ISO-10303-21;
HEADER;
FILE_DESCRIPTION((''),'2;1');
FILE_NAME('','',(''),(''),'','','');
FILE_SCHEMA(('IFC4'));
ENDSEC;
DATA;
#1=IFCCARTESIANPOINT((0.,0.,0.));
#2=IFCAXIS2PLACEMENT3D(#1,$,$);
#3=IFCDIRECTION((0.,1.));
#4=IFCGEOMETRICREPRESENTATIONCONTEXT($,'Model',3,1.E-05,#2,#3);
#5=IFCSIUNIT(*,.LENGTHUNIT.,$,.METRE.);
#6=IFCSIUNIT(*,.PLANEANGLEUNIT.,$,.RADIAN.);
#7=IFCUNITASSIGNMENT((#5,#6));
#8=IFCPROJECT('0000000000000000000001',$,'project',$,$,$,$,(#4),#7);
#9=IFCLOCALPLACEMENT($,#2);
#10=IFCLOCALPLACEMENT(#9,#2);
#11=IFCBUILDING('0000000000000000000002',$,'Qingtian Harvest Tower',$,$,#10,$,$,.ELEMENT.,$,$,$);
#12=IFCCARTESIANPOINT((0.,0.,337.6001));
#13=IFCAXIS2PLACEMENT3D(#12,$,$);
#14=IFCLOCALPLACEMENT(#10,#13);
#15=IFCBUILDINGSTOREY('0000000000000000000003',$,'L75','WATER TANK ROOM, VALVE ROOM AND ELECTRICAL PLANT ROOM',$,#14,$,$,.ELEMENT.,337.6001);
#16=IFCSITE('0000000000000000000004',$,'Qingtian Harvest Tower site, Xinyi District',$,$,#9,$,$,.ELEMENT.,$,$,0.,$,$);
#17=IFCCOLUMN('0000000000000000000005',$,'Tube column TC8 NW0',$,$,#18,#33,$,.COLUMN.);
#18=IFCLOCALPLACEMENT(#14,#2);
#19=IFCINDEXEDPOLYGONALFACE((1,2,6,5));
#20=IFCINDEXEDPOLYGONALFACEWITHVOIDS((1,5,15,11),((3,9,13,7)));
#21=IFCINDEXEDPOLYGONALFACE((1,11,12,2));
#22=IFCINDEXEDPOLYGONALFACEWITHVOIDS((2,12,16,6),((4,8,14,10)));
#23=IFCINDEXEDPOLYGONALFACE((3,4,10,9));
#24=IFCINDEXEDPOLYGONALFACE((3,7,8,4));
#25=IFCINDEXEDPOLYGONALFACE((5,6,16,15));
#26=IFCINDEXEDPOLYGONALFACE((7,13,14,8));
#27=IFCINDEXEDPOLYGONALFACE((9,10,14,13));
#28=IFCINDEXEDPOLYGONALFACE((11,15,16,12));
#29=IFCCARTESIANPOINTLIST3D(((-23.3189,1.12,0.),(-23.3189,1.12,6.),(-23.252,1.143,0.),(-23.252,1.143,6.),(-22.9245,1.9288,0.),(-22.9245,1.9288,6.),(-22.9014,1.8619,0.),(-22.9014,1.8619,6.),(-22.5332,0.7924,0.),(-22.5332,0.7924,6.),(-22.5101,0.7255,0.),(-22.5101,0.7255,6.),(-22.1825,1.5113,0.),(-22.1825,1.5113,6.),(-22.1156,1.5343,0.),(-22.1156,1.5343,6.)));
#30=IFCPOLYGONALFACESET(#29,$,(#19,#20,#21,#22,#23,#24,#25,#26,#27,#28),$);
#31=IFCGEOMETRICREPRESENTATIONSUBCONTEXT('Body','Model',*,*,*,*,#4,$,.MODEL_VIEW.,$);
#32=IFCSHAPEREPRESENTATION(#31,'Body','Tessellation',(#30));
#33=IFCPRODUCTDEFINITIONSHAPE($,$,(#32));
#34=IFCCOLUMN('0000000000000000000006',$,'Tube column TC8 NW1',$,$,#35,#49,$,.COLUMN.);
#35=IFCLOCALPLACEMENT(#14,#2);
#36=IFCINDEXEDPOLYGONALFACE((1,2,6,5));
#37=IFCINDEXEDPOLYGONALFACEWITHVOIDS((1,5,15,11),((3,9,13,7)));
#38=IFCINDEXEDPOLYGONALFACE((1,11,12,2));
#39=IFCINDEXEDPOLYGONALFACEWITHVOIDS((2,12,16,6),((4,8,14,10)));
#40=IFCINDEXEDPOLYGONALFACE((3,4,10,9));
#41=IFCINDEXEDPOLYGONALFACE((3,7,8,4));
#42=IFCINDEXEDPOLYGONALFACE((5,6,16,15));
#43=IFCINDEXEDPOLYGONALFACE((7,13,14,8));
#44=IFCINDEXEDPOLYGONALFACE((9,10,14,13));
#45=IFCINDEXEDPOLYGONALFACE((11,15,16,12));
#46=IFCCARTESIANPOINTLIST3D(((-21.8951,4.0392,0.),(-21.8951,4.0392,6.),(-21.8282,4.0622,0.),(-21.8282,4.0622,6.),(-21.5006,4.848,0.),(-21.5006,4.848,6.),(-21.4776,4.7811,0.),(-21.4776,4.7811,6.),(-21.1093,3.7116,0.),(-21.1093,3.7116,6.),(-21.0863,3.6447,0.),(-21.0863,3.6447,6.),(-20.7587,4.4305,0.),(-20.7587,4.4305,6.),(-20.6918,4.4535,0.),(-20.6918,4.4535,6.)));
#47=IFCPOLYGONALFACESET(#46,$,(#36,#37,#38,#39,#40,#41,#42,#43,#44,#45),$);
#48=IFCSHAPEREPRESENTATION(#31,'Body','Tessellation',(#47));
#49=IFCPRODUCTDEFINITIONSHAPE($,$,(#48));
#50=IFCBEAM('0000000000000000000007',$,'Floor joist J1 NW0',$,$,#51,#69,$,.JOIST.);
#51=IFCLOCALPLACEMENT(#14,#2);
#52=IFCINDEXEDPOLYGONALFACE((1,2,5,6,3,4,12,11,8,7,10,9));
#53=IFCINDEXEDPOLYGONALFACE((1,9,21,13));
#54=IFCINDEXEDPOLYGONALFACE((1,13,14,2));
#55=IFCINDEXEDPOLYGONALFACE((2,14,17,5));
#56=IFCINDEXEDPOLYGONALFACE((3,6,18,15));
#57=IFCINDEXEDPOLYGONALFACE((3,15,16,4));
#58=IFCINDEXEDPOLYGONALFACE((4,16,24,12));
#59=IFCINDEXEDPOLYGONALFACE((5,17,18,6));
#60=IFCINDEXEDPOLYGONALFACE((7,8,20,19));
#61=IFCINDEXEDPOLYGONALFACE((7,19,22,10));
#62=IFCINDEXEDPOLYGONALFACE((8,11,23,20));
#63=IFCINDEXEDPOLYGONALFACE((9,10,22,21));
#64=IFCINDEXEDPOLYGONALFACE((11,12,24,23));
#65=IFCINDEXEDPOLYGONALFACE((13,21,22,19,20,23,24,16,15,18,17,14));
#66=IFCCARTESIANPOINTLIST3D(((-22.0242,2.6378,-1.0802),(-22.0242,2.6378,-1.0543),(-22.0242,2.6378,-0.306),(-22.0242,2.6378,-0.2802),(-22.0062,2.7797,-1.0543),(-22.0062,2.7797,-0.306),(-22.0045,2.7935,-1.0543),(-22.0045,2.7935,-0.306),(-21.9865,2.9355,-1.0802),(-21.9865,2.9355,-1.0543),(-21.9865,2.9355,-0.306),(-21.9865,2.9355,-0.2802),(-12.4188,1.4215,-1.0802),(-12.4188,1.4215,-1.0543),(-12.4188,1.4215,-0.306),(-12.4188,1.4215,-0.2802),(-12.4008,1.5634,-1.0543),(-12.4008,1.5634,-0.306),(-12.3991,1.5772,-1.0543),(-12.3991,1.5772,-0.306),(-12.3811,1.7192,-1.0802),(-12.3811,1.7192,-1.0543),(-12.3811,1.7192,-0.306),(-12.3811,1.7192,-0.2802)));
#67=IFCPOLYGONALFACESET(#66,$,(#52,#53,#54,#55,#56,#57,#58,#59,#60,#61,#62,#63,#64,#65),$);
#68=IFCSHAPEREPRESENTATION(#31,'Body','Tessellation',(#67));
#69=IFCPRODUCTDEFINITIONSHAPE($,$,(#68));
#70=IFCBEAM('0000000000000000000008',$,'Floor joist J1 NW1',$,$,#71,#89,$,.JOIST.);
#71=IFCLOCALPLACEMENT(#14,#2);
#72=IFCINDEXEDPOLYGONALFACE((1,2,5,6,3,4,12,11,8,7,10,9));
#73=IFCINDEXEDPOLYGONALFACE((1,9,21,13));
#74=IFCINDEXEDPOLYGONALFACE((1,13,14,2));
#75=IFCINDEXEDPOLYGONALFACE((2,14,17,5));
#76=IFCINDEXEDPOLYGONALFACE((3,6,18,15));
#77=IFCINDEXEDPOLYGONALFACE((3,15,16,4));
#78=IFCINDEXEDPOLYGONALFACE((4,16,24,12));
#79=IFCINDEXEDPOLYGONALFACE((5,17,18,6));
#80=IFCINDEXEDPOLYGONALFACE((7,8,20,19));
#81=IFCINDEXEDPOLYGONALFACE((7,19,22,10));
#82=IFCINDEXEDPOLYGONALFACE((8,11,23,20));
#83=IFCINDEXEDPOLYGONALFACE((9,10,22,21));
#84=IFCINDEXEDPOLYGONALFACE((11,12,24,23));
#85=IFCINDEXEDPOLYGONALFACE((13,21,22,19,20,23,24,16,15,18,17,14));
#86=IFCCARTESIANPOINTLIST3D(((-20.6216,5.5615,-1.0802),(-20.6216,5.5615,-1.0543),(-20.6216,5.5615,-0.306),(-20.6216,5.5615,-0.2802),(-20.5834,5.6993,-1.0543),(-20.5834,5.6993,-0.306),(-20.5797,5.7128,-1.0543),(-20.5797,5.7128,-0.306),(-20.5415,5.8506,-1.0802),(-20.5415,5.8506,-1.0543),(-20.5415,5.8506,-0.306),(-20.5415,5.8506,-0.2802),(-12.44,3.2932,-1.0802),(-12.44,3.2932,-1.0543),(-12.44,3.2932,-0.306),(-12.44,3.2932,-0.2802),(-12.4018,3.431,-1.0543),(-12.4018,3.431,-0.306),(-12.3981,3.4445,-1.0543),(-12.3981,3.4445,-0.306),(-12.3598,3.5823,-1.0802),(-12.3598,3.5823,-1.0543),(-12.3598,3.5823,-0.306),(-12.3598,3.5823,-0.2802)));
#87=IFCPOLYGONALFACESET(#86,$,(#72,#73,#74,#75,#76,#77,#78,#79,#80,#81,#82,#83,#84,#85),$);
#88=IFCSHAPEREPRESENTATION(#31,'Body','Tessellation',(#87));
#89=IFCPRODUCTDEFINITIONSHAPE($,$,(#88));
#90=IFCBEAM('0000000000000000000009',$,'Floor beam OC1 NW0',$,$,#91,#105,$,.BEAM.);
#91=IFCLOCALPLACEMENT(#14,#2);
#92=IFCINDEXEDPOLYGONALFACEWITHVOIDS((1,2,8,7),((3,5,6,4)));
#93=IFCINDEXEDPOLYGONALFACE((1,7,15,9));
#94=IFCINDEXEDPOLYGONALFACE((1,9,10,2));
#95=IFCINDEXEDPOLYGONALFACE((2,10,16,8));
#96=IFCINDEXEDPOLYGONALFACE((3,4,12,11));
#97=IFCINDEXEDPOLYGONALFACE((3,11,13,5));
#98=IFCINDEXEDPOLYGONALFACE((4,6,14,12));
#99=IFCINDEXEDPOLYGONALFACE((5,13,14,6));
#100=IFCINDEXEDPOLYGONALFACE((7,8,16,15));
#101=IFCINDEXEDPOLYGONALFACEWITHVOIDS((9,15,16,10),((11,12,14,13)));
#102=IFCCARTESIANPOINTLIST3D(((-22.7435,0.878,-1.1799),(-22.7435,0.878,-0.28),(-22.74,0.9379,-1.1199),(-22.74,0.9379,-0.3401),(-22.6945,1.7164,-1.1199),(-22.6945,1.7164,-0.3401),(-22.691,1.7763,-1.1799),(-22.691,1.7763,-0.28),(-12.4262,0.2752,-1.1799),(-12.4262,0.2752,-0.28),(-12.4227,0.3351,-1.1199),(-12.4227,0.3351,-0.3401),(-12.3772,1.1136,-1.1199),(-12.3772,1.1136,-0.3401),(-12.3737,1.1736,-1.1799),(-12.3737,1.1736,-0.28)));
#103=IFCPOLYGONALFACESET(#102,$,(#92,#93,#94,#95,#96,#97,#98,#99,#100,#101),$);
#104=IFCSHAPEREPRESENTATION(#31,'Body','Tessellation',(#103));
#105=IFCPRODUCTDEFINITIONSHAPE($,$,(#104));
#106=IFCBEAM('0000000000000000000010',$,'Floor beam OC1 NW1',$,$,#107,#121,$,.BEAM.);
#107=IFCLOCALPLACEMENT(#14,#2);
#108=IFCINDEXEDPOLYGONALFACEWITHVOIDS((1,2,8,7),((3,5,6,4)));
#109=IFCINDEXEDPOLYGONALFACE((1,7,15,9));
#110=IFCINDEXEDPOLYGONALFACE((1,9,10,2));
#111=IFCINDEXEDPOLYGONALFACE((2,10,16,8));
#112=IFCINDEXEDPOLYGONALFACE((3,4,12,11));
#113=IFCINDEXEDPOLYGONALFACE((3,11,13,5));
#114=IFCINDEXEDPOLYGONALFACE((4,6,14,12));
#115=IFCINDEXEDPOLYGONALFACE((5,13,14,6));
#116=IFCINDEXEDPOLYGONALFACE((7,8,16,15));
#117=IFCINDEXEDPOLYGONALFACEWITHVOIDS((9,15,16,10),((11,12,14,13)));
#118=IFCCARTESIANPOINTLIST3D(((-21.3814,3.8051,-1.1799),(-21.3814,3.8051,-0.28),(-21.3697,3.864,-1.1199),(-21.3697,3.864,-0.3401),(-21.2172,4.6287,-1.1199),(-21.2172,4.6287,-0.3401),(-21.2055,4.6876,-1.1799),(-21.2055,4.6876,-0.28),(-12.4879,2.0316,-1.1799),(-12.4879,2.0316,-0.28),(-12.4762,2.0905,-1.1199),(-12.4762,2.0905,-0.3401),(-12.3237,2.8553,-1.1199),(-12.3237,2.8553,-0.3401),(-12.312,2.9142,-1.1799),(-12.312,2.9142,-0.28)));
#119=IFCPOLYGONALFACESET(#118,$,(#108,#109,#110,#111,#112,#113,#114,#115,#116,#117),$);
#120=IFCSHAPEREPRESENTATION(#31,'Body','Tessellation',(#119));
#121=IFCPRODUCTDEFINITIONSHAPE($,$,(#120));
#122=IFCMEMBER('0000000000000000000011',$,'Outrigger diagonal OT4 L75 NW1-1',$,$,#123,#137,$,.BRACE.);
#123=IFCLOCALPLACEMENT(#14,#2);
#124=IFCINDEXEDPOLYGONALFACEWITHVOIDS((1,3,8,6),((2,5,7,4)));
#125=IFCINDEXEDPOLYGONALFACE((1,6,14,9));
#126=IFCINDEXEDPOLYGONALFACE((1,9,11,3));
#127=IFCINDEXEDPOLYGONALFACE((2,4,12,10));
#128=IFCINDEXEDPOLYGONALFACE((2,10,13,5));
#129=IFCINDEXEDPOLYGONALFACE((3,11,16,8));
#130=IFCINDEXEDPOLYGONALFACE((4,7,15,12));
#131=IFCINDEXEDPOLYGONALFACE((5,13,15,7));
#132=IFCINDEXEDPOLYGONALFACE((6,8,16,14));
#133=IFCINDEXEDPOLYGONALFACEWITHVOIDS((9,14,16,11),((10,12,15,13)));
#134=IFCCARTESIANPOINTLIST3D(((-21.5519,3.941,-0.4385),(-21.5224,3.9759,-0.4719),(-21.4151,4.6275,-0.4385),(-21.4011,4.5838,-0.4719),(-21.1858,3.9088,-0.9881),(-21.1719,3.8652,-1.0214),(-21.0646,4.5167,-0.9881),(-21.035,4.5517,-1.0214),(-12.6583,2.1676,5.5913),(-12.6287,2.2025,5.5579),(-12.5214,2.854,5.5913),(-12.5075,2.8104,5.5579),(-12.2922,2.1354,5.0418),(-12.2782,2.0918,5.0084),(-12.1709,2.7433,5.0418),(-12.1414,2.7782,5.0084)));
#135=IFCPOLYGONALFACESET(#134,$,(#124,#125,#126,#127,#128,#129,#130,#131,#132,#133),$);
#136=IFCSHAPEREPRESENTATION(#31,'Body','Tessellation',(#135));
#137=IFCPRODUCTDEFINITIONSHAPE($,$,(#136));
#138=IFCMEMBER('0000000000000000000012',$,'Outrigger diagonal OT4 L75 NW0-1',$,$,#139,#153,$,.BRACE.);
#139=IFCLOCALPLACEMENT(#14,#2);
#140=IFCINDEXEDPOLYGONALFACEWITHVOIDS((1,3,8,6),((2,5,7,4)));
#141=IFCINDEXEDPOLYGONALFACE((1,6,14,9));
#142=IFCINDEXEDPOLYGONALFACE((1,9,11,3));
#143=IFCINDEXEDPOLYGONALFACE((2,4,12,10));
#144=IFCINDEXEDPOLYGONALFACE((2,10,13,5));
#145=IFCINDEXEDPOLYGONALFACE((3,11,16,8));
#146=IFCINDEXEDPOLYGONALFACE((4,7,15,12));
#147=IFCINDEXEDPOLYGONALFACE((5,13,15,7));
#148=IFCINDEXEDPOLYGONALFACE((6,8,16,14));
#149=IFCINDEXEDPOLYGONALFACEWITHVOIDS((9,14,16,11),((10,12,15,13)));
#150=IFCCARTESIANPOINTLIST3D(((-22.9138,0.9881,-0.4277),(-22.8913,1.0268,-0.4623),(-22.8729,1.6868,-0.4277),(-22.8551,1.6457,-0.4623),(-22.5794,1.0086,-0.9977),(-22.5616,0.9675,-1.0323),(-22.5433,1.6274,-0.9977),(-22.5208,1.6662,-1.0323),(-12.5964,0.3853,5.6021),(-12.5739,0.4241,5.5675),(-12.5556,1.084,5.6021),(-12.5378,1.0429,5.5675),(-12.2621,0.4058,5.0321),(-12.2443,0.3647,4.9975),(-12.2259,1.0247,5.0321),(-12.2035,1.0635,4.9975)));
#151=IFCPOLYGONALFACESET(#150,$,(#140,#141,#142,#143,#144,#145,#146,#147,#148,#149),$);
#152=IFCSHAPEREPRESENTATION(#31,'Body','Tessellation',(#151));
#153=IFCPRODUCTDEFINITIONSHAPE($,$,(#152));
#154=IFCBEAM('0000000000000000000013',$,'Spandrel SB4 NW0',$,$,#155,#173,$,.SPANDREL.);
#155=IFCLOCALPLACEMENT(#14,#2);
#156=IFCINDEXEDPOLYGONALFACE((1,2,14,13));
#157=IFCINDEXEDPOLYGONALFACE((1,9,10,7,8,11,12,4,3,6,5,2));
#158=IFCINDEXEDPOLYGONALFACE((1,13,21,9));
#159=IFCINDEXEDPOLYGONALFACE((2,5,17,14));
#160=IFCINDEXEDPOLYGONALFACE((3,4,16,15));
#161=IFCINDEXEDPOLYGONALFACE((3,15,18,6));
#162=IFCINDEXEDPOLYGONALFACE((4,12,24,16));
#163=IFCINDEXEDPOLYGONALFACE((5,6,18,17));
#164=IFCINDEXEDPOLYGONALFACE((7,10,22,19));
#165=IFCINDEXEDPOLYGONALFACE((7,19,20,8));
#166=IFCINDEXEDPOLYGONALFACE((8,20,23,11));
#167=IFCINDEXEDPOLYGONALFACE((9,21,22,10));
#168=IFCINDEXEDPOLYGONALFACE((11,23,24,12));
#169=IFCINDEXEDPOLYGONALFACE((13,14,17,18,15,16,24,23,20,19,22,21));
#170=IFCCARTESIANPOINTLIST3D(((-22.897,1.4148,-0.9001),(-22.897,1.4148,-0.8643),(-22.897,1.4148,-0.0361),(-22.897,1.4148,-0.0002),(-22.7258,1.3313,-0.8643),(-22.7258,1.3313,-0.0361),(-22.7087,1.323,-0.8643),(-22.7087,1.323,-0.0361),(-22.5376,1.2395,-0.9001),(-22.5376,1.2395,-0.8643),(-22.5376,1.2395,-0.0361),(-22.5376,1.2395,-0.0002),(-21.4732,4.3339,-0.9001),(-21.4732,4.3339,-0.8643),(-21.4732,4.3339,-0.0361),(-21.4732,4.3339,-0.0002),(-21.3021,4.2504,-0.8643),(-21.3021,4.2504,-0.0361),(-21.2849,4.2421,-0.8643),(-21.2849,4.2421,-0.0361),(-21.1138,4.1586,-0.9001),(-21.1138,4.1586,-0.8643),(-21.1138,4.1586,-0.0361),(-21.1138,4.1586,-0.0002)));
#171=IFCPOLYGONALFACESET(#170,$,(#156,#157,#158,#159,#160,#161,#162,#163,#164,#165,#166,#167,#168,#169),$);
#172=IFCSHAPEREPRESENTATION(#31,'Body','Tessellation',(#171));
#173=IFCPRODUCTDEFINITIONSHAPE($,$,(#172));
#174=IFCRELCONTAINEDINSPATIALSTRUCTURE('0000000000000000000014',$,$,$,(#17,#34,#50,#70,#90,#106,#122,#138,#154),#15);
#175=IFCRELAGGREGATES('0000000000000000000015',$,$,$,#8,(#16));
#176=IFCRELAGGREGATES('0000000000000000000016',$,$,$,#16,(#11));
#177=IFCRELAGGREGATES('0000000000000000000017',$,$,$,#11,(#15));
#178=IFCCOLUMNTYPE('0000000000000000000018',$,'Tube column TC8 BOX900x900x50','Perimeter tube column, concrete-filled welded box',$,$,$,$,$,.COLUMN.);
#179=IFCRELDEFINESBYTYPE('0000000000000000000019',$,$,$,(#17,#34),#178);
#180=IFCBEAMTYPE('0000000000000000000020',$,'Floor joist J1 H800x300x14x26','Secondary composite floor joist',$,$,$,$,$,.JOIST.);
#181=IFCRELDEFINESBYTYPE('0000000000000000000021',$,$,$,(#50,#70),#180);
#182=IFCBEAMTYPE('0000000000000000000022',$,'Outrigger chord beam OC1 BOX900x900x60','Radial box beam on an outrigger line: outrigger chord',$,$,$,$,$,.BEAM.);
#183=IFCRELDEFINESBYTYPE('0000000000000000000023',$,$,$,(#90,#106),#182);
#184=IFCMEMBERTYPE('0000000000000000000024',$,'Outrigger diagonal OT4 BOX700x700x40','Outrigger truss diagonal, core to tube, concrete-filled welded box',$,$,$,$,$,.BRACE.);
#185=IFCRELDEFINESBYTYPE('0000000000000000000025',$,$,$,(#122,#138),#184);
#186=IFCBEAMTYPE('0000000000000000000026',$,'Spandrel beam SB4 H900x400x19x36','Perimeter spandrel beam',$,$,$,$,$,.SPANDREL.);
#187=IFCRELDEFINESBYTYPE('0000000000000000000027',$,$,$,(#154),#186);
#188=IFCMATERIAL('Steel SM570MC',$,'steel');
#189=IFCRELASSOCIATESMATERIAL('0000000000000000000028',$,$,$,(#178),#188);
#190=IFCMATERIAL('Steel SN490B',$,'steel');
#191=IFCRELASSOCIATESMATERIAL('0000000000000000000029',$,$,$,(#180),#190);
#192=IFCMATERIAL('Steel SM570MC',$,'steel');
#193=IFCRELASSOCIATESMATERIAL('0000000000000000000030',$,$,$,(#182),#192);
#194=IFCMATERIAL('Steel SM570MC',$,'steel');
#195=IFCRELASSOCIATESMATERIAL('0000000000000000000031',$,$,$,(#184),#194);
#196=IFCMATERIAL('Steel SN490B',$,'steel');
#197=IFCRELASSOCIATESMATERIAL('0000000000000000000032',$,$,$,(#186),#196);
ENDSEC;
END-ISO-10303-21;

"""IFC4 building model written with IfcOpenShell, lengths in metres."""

from ifc_helpers import new_model, si_unit, direction, frame, origin, origin_2d, place, context, subcontext, project, spatial, hollow_rectangle, i_section, extrude, material, material_profile, profile_set, type_object, element, save


model = new_model("IFC4")

# Units and contexts
model_context = context("Model", 3, precision=1e-05, world=origin(), true_north=direction((0.0, 1.0)))
body_context = subcontext(model_context, "Body", "Model", "MODEL_VIEW")
ifc_project = project(units=[si_unit("LENGTHUNIT", "METRE"), si_unit("PLANEANGLEUNIT", "RADIAN")], contexts=[model_context])

# Site, building, storey
site_placement = place(None, origin())
site = spatial("IfcSite", under=ifc_project, at=site_placement, Name="Qingtian Harvest Tower site, Xinyi District", CompositionType="ELEMENT", RefElevation=0.0)
building_placement = place(site_placement, origin())
building = spatial("IfcBuilding", under=site, at=building_placement, Name="Qingtian Harvest Tower", CompositionType="ELEMENT")
storey_placement = place(building_placement, frame((0.0, 0.0, 337.6001)))
storey = spatial("IfcBuildingStorey", under=building, at=storey_placement, Name="L75", Description="WATER TANK ROOM, VALVE ROOM AND ELECTRICAL PLANT ROOM", CompositionType="ELEMENT", Elevation=337.6001)

# Columns
ifc_material_1 = material(Name="Steel SM570MC", Category="steel")
ifc_material_profile_1 = material_profile(ifc_material_1, hollow_rectangle(XDim=0.8999, YDim=0.8999, WallThickness=0.05, at=origin_2d()), Name="BOX900x900x50")
ifc_profile_set_1 = profile_set([ifc_material_profile_1], Name="Steel SM570MC")
column_type = type_object("IfcColumnType", Name="Tube column TC8 BOX900x900x50", Description="Perimeter tube column, concrete-filled welded box", PredefinedType="COLUMN", material=ifc_profile_set_1)
for number, where, z_axis, x_axis, name in (
    (1, (-22.7173, 1.3271, 0.0), (0.0, 0.0, 1.0), (-0.438371, -0.898794, 0.0), "Tube column TC8 NW0"),
    (2, (-21.2935, 4.2463, 0.0), (0.0, 0.0, 1.0), (-0.438371, -0.898794, 0.0), "Tube column TC8 NW1"),
):
    element("IfcColumn", number, at=place(storey_placement, frame(where, z_axis=z_axis, x_axis=x_axis)), inside=storey, type_object=column_type, Name=name, PredefinedType="COLUMN", context=body_context, shape_type="SweptSolid", body=[
        extrude(hollow_rectangle(XDim=0.8999, YDim=0.8999, WallThickness=0.05, at=origin_2d()), origin(), (0.0, 0.0, 1.0), 6.0),
    ])

# Beams
ifc_material_2 = material(Name="Steel SN490B", Category="steel")
ifc_material_profile_2 = material_profile(ifc_material_2, i_section(OverallWidth=0.3, OverallDepth=0.8, WebThickness=0.0139, FlangeThickness=0.0259, at=origin_2d()), Name="H800x300x14x26")
ifc_profile_set_2 = profile_set([ifc_material_profile_2], Name="Steel SN490B")
beam_type_1 = type_object("IfcBeamType", Name="Floor joist J1 H800x300x14x26", Description="Secondary composite floor joist", PredefinedType="JOIST", material=ifc_profile_set_2)
beam_1_placement = place(storey_placement, frame((-22.0054, 2.7866, -0.6802), z_axis=(0.992078, -0.125624, 0.0), x_axis=(0.125624, 0.992078, 0.0)))
element("IfcBeam", 3, at=beam_1_placement, inside=storey, type_object=beam_type_1, Name="Floor joist J1 NW0", PredefinedType="JOIST", context=body_context, shape_type="SweptSolid", body=[
    extrude(i_section(OverallWidth=0.3, OverallDepth=0.8, WebThickness=0.0139, FlangeThickness=0.0259, at=origin_2d()), origin(), (0.0, 0.0, 1.0), 9.6821),
])
beam_2_placement = place(storey_placement, frame((-20.5815, 5.7061, -0.6802), z_axis=(0.96365, -0.267166, 0.0), x_axis=(0.267166, 0.96365, 0.0)))
element("IfcBeam", 4, at=beam_2_placement, inside=storey, type_object=beam_type_1, Name="Floor joist J1 NW1", PredefinedType="JOIST", context=body_context, shape_type="SweptSolid", body=[
    extrude(i_section(OverallWidth=0.3, OverallDepth=0.8, WebThickness=0.0139, FlangeThickness=0.0259, at=origin_2d()), origin(), (0.0, 0.0, 1.0), 8.4902),
])
ifc_material_3 = material(Name="Steel SM570MC", Category="steel")
ifc_material_profile_3 = material_profile(ifc_material_3, hollow_rectangle(XDim=0.8999, YDim=0.8999, WallThickness=0.0601, at=origin_2d()), Name="BOX900x900x60")
ifc_profile_set_3 = profile_set([ifc_material_profile_3], Name="Steel SM570MC")
beam_type_2 = type_object("IfcBeamType", Name="Outrigger chord beam OC1 BOX900x900x60", Description="Radial box beam on an outrigger line: outrigger chord", PredefinedType="BEAM", material=ifc_profile_set_3)
beam_3_placement = place(storey_placement, frame((-22.7173, 1.3271, -0.73), z_axis=(0.998298, -0.058325, 0.0), x_axis=(0.058325, 0.998298, 0.0)))
element("IfcBeam", 5, at=beam_3_placement, inside=storey, type_object=beam_type_2, Name="Floor beam OC1 NW0", PredefinedType="BEAM", context=body_context, shape_type="SweptSolid", body=[
    extrude(hollow_rectangle(XDim=0.8999, YDim=0.8999, WallThickness=0.0601, at=origin_2d()), origin(), (0.0, 0.0, 1.0), 10.335),
])
beam_4_placement = place(storey_placement, frame((-21.2935, 4.2463, -0.73), z_axis=(0.980692, -0.195557, 0.0), x_axis=(0.195557, 0.980692, 0.0)))
element("IfcBeam", 6, at=beam_4_placement, inside=storey, type_object=beam_type_2, Name="Floor beam OC1 NW1", PredefinedType="BEAM", context=body_context, shape_type="SweptSolid", body=[
    extrude(hollow_rectangle(XDim=0.8999, YDim=0.8999, WallThickness=0.0601, at=origin_2d()), origin(), (0.0, 0.0, 1.0), 9.0686),
])

# Members
ifc_material_4 = material(Name="Steel SM570MC", Category="steel")
ifc_material_profile_4 = material_profile(ifc_material_4, hollow_rectangle(XDim=0.7, YDim=0.7, WallThickness=0.04, at=origin_2d()), Name="BOX700x700x40")
ifc_profile_set_4 = profile_set([ifc_material_profile_4], Name="Steel SM570MC")
member_type = type_object("IfcMemberType", Name="Outrigger diagonal OT4 BOX700x700x40", Description="Outrigger truss diagonal, core to tube, concrete-filled welded box", PredefinedType="BRACE", material=ifc_profile_set_4)
member_1_placement = place(storey_placement, frame((-21.2935, 4.2463, -0.73), z_axis=(0.816649, -0.162846, 0.553684), x_axis=(0.195557, 0.980692, 0.0)))
element("IfcMember", 7, at=member_1_placement, inside=storey, type_object=member_type, Name="Outrigger diagonal OT4 L75 NW1-1", PredefinedType="BRACE", context=body_context, shape_type="SweptSolid", body=[
    extrude(hollow_rectangle(XDim=0.7, YDim=0.7, WallThickness=0.04, at=origin_2d()), origin(), (0.0, 0.0, 1.0), 10.8904),
])
member_2_placement = place(storey_placement, frame((-22.7173, 1.3271, -0.73), z_axis=(0.86227, -0.050377, 0.503936), x_axis=(0.058325, 0.998298, 0.0)))
element("IfcMember", 8, at=member_2_placement, inside=storey, type_object=member_type, Name="Outrigger diagonal OT4 L75 NW0-1", PredefinedType="BRACE", context=body_context, shape_type="SweptSolid", body=[
    extrude(hollow_rectangle(XDim=0.7, YDim=0.7, WallThickness=0.04, at=origin_2d()), origin(), (0.0, 0.0, 1.0), 11.9653),
])

# Beam
ifc_material_5 = material(Name="Steel SN490B", Category="steel")
ifc_material_profile_5 = material_profile(ifc_material_5, i_section(OverallWidth=0.3999, OverallDepth=0.8999, WebThickness=0.019, FlangeThickness=0.0359, at=origin_2d()), Name="H900x400x19x36")
ifc_profile_set_5 = profile_set([ifc_material_profile_5], Name="Steel SN490B")
beam_type_3 = type_object("IfcBeamType", Name="Spandrel beam SB4 H900x400x19x36", Description="Perimeter spandrel beam", PredefinedType="SPANDREL", material=ifc_profile_set_5)
beam_5_placement = place(storey_placement, frame((-22.7173, 1.3271, -0.4502), z_axis=(0.438382, 0.898789, 0.0), x_axis=(-0.898789, 0.438382, 0.0)))
element("IfcBeam", 9, at=beam_5_placement, inside=storey, type_object=beam_type_3, Name="Spandrel SB4 NW0", PredefinedType="SPANDREL", context=body_context, shape_type="SweptSolid", body=[
    extrude(i_section(OverallWidth=0.3999, OverallDepth=0.8999, WebThickness=0.019, FlangeThickness=0.0359, at=origin_2d()), origin(), (0.0, 0.0, 1.0), 3.2478),
])

save(model, "model.ifc")
